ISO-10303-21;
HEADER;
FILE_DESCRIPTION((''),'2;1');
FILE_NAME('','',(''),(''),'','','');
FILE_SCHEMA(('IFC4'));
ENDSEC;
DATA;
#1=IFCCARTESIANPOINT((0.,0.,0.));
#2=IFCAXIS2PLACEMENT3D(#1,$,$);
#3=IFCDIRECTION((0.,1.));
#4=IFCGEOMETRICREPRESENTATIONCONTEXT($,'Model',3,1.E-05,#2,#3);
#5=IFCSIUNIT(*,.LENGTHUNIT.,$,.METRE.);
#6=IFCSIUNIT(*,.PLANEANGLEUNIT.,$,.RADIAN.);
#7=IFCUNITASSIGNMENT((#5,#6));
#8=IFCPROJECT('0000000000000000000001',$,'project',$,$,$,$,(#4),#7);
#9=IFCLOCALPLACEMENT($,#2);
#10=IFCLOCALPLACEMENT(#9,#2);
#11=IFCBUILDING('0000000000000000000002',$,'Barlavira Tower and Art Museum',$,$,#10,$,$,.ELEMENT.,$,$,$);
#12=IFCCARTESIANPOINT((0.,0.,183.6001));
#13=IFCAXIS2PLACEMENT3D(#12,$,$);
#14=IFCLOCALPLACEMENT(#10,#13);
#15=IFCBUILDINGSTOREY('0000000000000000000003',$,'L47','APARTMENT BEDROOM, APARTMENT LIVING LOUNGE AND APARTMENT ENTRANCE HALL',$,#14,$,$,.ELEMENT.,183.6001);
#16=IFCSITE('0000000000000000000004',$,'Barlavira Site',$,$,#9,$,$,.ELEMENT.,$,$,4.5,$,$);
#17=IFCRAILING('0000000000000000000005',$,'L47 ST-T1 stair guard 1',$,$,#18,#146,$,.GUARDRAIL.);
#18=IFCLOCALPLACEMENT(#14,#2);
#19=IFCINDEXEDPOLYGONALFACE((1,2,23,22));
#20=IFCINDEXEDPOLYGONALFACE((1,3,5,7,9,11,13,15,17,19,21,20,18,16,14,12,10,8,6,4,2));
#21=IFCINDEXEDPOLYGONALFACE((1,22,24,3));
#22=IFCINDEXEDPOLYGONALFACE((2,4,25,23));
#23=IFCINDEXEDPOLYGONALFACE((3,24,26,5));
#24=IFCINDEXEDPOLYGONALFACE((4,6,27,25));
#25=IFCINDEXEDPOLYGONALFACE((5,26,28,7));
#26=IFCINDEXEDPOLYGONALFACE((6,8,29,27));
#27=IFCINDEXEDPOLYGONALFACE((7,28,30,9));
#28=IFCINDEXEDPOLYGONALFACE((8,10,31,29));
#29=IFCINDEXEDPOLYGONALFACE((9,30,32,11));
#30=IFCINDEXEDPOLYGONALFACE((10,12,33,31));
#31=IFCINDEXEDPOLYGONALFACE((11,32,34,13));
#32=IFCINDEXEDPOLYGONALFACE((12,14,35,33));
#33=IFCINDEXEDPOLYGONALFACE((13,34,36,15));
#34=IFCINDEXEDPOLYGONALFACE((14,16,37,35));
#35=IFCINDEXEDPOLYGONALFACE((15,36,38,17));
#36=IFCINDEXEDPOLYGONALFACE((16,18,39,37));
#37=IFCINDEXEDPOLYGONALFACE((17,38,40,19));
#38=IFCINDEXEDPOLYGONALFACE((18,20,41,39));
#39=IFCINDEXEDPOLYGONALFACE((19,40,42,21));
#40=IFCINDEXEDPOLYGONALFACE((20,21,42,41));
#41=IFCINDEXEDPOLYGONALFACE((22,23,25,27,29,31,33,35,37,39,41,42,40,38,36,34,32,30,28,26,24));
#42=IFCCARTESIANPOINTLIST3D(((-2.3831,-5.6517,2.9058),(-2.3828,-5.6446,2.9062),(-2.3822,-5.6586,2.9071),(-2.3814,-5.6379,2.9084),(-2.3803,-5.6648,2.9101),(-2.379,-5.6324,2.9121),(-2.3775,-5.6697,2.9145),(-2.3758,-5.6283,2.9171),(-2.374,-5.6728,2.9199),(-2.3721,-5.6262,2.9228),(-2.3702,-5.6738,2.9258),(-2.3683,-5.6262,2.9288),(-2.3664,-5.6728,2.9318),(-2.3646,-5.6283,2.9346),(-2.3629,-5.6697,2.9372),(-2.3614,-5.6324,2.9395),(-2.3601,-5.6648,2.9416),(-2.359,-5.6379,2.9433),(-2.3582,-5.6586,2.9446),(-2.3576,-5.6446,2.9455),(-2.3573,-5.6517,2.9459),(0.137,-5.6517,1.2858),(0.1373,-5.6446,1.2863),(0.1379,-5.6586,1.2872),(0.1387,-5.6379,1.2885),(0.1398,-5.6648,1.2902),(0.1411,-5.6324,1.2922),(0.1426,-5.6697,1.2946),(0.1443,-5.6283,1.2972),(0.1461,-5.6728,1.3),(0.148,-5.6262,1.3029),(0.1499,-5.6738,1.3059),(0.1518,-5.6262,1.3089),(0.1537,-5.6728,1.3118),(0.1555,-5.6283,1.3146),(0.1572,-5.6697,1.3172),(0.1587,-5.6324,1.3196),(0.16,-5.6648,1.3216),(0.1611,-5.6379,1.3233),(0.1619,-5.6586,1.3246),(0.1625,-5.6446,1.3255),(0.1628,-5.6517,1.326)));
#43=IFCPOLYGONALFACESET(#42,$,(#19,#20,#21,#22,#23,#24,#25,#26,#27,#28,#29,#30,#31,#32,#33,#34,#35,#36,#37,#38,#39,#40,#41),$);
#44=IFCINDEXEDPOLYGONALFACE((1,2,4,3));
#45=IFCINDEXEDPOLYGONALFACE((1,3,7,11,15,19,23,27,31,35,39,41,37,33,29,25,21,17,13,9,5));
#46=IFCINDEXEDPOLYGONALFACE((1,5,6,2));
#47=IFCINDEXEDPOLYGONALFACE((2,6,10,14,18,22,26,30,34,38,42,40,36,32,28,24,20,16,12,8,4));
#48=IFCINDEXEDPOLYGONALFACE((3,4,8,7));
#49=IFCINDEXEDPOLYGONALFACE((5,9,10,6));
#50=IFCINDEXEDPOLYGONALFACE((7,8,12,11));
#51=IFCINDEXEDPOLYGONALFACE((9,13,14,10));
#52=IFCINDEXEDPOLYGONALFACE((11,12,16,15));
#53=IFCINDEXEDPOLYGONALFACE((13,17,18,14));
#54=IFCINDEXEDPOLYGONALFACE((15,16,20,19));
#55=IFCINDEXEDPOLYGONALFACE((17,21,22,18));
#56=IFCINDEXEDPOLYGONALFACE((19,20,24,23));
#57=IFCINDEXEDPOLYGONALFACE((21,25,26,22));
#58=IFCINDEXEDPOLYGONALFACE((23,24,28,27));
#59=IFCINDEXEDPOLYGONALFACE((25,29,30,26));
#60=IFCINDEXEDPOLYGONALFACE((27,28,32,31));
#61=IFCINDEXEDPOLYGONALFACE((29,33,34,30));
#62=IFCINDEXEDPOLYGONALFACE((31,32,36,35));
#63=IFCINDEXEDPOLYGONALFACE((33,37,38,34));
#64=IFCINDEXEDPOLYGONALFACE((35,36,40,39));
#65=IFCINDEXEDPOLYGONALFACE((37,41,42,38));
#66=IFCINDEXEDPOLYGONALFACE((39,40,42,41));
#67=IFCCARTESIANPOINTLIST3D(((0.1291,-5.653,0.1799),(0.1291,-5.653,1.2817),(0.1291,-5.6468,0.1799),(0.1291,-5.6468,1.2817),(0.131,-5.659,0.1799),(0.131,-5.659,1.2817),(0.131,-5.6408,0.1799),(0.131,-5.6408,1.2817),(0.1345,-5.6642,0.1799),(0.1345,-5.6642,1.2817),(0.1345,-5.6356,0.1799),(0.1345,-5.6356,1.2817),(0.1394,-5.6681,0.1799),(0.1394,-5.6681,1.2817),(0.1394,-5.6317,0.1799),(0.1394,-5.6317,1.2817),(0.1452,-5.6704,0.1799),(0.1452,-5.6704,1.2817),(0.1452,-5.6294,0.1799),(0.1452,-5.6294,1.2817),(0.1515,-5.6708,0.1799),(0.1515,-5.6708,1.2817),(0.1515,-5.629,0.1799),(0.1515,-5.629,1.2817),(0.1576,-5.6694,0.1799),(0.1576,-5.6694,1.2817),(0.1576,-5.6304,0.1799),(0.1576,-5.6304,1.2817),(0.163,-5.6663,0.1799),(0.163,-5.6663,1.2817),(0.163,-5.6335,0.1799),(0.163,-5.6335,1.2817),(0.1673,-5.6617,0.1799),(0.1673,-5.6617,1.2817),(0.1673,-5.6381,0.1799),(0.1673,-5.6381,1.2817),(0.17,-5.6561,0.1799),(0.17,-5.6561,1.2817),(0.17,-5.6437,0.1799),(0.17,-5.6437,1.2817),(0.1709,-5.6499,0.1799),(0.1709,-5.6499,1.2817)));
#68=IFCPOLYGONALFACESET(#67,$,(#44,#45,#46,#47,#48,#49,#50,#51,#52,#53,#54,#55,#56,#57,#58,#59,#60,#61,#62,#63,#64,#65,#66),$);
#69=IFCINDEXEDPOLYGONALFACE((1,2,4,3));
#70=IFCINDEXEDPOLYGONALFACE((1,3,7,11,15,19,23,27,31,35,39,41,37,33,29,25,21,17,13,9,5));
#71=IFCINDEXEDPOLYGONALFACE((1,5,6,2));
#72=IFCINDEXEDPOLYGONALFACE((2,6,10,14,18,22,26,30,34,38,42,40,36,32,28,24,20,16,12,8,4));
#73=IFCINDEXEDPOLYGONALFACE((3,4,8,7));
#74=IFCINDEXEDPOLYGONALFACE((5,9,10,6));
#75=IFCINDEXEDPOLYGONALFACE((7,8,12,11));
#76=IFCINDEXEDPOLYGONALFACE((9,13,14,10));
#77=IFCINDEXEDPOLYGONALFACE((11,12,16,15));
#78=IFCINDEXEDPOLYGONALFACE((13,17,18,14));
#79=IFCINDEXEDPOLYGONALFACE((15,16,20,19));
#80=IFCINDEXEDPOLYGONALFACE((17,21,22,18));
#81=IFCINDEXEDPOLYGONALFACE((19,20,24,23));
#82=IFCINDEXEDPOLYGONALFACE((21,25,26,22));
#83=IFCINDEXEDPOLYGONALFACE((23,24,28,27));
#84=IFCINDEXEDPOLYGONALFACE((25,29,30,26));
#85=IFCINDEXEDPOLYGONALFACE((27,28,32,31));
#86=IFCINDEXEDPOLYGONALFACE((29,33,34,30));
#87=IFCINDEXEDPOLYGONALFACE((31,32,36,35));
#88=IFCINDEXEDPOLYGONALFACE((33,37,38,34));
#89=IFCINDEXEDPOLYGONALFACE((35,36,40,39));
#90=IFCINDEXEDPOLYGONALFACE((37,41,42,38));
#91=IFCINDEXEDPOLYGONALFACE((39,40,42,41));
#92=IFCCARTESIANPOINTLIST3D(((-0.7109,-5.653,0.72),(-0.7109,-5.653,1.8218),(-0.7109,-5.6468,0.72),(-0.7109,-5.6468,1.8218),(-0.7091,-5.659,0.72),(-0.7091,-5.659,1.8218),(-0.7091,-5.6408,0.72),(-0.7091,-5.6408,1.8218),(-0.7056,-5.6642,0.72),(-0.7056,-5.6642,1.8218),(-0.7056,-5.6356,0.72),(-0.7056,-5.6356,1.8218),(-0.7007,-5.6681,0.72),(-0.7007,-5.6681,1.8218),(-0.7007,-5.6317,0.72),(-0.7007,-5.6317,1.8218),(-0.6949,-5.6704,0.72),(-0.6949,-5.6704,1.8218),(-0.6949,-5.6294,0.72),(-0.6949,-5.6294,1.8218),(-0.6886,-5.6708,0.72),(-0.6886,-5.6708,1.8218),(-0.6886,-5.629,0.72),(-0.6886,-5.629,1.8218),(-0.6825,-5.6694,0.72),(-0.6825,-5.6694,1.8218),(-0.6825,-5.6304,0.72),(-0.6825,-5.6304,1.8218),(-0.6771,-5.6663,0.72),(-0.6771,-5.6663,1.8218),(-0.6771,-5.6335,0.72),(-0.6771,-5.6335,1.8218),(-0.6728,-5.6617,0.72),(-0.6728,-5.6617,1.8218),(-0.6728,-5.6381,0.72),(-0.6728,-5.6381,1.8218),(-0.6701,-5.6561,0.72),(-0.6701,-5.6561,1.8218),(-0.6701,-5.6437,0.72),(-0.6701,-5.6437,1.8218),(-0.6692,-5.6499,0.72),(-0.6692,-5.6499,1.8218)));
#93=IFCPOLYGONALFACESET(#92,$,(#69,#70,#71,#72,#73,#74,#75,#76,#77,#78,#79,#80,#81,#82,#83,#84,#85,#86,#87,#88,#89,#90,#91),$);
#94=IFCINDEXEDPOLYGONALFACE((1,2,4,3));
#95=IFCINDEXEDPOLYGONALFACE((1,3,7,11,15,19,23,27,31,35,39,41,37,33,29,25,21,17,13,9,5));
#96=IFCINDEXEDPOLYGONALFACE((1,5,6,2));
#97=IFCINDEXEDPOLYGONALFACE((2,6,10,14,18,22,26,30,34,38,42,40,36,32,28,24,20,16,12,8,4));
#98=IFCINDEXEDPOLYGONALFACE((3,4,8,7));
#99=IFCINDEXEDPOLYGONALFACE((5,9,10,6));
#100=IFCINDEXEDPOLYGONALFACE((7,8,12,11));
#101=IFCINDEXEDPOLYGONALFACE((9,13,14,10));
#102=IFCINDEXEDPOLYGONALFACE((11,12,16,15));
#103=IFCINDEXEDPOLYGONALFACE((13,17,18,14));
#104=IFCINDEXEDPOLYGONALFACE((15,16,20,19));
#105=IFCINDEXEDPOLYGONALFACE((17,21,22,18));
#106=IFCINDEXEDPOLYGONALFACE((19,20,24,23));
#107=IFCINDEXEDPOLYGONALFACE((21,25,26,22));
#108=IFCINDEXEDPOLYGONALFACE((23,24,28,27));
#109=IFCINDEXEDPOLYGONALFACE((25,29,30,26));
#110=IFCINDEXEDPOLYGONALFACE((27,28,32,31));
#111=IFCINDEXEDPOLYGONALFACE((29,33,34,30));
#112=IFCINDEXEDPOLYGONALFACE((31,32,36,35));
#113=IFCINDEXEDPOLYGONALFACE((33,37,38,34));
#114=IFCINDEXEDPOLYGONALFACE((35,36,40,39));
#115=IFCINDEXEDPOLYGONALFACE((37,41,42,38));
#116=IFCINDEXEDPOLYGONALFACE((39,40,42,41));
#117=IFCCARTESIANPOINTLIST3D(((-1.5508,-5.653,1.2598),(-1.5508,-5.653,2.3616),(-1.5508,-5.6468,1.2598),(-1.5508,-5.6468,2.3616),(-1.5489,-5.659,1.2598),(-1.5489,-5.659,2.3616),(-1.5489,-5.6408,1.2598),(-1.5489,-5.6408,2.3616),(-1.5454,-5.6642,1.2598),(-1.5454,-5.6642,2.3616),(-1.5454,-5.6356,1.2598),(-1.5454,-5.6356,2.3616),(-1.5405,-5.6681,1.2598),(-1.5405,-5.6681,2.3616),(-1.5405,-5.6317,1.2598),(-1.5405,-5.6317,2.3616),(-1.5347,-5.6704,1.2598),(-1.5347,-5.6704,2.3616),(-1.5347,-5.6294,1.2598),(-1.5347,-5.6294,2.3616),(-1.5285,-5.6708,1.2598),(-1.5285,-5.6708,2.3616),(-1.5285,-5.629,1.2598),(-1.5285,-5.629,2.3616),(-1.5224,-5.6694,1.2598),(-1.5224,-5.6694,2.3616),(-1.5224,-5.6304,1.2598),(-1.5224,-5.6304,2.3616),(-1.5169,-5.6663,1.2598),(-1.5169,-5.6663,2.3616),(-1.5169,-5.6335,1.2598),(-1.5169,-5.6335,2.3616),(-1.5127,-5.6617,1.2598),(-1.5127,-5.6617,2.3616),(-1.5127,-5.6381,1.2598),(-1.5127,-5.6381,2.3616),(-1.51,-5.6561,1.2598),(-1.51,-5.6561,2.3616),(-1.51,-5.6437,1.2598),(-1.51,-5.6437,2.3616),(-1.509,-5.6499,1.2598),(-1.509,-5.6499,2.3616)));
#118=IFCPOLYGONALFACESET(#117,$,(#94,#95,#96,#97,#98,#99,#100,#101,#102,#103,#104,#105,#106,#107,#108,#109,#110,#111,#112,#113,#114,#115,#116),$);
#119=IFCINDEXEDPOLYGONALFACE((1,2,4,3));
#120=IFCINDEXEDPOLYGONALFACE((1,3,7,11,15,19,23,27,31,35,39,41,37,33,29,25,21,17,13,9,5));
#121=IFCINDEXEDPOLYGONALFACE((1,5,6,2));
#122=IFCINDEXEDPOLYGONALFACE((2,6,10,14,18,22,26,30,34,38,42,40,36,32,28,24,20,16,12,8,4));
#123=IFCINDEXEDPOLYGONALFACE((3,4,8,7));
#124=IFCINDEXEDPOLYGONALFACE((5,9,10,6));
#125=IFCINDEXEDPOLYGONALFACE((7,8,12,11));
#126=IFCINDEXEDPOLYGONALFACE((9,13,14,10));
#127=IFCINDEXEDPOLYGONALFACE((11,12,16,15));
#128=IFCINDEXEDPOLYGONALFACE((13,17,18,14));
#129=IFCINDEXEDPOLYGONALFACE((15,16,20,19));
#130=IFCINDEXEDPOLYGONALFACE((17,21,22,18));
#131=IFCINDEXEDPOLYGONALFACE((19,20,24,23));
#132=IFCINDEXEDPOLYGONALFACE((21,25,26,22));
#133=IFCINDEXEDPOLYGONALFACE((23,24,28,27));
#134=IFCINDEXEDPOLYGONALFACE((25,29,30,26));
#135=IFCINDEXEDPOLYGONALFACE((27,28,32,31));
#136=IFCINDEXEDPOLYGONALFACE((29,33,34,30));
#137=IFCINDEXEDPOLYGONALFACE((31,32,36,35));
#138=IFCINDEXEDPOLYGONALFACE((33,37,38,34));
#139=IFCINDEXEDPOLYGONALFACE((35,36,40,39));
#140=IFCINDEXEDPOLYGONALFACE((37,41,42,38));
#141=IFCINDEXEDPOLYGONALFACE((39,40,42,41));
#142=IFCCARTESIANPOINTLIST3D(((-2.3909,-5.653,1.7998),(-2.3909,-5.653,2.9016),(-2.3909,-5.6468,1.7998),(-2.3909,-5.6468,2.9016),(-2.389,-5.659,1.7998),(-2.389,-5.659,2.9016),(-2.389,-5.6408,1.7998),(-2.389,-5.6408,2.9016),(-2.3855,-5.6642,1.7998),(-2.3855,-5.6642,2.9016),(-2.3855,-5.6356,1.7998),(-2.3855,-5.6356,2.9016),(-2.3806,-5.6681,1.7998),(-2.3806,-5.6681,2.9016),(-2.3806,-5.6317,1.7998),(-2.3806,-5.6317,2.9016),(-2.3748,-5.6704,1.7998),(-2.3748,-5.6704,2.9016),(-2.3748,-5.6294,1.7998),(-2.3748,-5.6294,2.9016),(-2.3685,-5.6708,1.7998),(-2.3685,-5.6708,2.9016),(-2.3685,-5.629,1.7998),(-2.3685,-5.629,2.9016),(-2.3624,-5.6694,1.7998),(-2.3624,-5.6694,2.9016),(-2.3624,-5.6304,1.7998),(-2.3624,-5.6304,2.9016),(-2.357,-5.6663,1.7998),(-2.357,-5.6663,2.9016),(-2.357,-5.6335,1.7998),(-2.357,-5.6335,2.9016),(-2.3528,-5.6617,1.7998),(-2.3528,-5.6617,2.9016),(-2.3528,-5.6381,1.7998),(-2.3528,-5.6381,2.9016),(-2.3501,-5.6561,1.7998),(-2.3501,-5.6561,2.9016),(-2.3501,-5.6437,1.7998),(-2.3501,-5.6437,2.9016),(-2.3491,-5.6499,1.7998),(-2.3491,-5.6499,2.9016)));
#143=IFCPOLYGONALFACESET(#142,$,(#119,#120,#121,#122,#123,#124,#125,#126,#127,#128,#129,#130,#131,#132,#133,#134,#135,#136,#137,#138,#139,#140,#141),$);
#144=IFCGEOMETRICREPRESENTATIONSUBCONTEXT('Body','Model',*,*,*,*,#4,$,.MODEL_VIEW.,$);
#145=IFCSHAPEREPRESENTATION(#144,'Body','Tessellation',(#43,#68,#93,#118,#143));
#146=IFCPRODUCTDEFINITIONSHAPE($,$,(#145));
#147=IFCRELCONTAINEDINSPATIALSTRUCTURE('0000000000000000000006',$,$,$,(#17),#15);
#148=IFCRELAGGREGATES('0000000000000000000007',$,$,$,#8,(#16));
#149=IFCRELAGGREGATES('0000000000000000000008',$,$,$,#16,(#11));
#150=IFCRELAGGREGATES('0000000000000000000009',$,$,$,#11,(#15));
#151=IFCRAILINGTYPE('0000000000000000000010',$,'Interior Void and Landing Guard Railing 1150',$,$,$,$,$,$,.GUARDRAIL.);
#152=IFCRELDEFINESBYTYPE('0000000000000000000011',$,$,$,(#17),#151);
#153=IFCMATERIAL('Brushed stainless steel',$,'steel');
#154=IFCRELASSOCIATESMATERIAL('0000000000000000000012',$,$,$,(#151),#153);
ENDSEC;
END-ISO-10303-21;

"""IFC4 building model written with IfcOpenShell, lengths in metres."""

from ifc_helpers import new_model, si_unit, direction, frame, origin, origin_2d, place, context, subcontext, project, spatial, circle, extrude, material, type_object, element, save


model = new_model("IFC4")

# Units and contexts
model_context = context("Model", 3, precision=1e-05, world=origin(), true_north=direction((0.0, 1.0)))
body_context = subcontext(model_context, "Body", "Model", "MODEL_VIEW")
ifc_project = project(units=[si_unit("LENGTHUNIT", "METRE"), si_unit("PLANEANGLEUNIT", "RADIAN")], contexts=[model_context])

# Site, building, storey
site_placement = place(None, origin())
site = spatial("IfcSite", under=ifc_project, at=site_placement, Name="Barlavira Site", CompositionType="ELEMENT", RefElevation=4.5)
building_placement = place(site_placement, origin())
building = spatial("IfcBuilding", under=site, at=building_placement, Name="Barlavira Tower and Art Museum", CompositionType="ELEMENT")
storey_placement = place(building_placement, frame((0.0, 0.0, 183.6001)))
storey = spatial("IfcBuildingStorey", under=building, at=storey_placement, Name="L47", Description="APARTMENT BEDROOM, APARTMENT LIVING LOUNGE AND APARTMENT ENTRANCE HALL", CompositionType="ELEMENT", Elevation=183.6001)

# Shared definitions
ifc_material_1 = material(Name="Brushed stainless steel", Category="steel")

# Railing
railing_type_1 = type_object("IfcRailingType", Name="Interior Void and Landing Guard Railing 1150", PredefinedType="GUARDRAIL", material=ifc_material_1)
railing_1_placement = place(storey_placement, frame((0.1499, -5.6499, 0.1799)))
element("IfcRailing", 1, at=railing_1_placement, inside=storey, type_object=railing_type_1, Name="L47 ST-T1 stair guard 1", PredefinedType="GUARDRAIL", context=body_context, shape_type="SweptSolid", body=[
    extrude(circle(Radius=0.0239, at=origin_2d()), frame((0.0, 0.0, 1.126), z_axis=(-0.8412, 0.0, 0.540725), x_axis=(0.0, -1.0, 0.0)), (0.0, 0.0, 1.0), 2.9958),
    extrude(circle(Radius=0.021, at=origin_2d()), origin(), (0.0, 0.0, 1.0), 1.1018),
    extrude(circle(Radius=0.021, at=origin_2d()), frame((-0.8401, 0.0, 0.54)), (0.0, 0.0, 1.0), 1.1018),
    extrude(circle(Radius=0.021, at=origin_2d()), frame((-1.6799, 0.0, 1.0798)), (0.0, 0.0, 1.0), 1.1018),
    extrude(circle(Radius=0.021, at=origin_2d()), frame((-2.52, 0.0, 1.6199)), (0.0, 0.0, 1.0), 1.1018),
])

save(model, "model.ifc")
